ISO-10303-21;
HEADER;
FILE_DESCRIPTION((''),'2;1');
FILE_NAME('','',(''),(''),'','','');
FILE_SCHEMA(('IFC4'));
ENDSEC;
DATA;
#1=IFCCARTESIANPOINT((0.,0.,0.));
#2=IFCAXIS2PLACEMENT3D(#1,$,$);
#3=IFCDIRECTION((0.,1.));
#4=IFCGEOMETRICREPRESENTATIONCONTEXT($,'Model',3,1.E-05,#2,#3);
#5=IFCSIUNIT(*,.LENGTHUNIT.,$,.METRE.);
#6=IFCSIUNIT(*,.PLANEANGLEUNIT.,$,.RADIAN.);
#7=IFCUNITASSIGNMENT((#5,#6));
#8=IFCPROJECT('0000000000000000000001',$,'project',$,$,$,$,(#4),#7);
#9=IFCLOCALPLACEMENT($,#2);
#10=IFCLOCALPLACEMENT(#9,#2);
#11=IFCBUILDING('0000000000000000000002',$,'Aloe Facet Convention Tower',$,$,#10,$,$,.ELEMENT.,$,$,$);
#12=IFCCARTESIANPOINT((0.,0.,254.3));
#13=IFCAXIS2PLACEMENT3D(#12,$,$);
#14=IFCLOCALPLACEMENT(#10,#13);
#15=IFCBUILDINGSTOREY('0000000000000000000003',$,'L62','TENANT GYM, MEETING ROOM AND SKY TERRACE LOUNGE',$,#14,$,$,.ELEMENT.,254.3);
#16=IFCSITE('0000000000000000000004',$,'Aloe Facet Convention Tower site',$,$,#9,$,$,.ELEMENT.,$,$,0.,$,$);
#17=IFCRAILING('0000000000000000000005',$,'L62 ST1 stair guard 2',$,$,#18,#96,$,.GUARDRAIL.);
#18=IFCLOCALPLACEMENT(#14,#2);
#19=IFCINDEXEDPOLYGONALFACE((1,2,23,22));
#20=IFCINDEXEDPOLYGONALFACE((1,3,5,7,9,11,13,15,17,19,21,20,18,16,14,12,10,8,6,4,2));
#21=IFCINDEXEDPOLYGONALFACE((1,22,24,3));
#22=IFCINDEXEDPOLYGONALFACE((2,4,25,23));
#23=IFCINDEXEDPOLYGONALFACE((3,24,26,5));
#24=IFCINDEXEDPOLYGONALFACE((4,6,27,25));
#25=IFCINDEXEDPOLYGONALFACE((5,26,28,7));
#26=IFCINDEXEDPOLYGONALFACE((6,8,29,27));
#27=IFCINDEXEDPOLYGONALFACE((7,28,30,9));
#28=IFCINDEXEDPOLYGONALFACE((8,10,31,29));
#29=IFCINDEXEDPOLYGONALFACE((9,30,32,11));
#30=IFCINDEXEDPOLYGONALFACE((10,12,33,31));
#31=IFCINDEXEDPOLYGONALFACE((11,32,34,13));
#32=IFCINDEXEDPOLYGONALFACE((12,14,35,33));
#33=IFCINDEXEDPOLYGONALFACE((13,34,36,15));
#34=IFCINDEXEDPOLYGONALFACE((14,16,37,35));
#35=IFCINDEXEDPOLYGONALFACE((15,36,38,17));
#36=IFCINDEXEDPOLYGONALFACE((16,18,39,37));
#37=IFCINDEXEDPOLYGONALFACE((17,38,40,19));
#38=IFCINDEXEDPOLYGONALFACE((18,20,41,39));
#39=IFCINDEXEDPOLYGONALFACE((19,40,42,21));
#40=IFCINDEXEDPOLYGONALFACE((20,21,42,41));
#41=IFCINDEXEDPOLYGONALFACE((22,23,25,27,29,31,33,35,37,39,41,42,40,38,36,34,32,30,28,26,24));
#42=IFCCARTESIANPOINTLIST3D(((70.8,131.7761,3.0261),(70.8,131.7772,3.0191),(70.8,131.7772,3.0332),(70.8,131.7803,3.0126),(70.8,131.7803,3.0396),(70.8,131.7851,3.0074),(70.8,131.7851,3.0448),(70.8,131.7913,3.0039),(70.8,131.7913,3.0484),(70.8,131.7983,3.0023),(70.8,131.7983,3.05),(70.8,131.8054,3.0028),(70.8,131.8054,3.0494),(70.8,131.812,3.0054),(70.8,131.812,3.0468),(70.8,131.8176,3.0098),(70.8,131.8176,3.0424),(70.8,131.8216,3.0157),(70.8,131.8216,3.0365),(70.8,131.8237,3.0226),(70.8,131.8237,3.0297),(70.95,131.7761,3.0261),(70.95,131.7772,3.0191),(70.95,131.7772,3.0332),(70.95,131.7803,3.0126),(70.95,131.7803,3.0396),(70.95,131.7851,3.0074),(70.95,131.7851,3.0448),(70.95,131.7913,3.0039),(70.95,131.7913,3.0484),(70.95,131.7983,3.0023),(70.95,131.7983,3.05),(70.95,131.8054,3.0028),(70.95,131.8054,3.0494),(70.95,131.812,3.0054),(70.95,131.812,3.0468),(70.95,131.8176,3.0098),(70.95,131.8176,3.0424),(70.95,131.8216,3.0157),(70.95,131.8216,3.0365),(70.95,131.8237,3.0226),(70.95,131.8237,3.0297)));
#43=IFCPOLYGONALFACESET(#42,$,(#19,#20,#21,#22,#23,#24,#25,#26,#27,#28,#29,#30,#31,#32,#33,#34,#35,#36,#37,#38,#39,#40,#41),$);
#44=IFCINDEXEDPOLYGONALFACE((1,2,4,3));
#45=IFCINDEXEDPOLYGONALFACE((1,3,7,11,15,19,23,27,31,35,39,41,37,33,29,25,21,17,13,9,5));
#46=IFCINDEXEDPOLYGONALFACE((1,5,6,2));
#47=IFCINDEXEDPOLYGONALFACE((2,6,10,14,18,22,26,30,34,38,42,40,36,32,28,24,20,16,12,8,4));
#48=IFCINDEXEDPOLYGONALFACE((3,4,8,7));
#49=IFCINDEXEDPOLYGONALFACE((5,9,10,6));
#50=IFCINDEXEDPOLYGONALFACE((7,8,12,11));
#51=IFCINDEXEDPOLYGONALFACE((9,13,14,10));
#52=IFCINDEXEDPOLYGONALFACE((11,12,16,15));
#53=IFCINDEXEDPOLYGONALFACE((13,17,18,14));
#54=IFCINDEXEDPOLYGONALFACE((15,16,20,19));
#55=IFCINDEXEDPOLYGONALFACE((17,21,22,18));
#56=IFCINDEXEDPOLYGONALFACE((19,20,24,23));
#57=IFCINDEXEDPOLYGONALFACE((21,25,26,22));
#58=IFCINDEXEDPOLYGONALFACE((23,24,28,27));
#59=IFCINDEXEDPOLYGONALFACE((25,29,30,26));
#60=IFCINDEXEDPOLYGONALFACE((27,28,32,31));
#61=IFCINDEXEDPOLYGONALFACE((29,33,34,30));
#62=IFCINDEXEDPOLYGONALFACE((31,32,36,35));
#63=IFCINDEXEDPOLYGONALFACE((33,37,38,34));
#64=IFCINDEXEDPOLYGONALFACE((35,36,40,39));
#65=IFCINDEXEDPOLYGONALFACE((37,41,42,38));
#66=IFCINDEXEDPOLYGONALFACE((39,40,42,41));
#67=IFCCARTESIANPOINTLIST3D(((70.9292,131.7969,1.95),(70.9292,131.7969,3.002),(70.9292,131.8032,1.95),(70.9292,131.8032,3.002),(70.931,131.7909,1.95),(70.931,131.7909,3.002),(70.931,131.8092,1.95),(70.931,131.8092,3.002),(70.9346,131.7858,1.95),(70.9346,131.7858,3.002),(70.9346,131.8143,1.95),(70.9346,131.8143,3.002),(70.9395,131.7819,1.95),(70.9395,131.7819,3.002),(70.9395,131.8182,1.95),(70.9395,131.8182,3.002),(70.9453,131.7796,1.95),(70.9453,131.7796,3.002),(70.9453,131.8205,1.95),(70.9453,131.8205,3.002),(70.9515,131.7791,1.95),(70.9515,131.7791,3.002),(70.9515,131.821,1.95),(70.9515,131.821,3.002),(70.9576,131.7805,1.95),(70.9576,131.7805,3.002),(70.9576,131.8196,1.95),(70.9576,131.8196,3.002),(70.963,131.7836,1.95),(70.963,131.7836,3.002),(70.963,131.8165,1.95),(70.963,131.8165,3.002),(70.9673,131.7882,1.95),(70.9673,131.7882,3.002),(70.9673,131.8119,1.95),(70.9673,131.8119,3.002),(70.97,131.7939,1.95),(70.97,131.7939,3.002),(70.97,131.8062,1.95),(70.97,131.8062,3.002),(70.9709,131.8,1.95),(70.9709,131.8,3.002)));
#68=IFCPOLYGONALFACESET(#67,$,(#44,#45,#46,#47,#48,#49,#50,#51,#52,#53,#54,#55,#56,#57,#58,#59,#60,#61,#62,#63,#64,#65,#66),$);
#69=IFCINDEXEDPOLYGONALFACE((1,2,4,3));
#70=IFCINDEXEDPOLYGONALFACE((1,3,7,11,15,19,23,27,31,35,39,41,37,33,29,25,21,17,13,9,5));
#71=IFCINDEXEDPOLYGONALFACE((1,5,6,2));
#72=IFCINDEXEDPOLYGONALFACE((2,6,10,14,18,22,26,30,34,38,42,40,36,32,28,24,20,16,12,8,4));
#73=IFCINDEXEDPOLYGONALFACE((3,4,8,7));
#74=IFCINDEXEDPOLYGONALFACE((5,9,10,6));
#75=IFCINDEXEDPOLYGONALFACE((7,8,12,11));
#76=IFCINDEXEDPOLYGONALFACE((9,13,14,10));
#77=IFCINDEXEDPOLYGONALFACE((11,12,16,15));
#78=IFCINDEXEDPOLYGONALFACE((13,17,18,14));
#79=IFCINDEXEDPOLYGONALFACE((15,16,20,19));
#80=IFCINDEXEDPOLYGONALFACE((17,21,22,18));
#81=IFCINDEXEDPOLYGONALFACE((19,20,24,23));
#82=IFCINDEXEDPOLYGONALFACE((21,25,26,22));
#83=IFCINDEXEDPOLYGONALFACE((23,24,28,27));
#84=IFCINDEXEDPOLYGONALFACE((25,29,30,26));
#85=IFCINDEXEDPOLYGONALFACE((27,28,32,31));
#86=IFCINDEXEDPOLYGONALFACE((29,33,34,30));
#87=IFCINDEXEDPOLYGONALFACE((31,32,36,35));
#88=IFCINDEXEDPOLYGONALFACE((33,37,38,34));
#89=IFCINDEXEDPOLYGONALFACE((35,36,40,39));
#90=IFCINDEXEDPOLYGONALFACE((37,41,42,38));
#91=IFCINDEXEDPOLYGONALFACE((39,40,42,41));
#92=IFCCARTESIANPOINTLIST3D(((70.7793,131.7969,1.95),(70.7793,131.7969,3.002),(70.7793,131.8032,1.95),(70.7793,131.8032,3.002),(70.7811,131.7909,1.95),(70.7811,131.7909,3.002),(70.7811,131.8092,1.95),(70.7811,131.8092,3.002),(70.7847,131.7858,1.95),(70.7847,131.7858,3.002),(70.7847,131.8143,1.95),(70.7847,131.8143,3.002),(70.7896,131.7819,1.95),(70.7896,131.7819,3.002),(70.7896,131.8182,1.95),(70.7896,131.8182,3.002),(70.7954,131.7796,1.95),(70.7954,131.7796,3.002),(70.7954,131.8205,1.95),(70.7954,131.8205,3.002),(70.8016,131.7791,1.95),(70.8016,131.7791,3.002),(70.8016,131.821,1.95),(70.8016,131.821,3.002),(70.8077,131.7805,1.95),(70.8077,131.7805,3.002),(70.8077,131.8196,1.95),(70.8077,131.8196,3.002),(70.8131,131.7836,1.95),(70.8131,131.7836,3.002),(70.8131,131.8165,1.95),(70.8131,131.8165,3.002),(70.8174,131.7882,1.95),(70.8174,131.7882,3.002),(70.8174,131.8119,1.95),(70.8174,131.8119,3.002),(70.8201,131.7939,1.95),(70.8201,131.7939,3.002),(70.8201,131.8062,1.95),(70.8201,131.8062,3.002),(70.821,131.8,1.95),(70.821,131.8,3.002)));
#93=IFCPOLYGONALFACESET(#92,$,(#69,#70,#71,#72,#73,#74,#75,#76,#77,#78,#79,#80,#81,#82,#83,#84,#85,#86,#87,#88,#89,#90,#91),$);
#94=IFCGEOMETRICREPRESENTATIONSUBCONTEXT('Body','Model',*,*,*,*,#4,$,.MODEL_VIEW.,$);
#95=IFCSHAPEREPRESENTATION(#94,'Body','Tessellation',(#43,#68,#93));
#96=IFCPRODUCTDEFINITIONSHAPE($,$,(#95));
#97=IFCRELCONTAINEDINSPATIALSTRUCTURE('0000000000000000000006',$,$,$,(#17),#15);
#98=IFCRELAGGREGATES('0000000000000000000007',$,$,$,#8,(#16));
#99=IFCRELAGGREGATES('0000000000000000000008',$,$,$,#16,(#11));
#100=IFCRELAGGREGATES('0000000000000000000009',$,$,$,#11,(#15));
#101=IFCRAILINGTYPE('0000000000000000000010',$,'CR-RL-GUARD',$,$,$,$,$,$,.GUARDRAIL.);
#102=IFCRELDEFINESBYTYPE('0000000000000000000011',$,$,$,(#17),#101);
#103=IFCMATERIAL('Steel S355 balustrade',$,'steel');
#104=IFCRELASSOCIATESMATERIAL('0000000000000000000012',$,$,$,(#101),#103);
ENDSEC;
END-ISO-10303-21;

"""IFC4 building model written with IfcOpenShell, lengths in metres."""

from ifc_helpers import new_model, si_unit, direction, frame, origin, origin_2d, place, context, subcontext, project, spatial, circle, extrude, material, type_object, element, save


model = new_model("IFC4")

# Units and contexts
model_context = context("Model", 3, precision=1e-05, world=origin(), true_north=direction((0.0, 1.0)))
body_context = subcontext(model_context, "Body", "Model", "MODEL_VIEW")
ifc_project = project(units=[si_unit("LENGTHUNIT", "METRE"), si_unit("PLANEANGLEUNIT", "RADIAN")], contexts=[model_context])

# Site, building, storey
site_placement = place(None, origin())
site = spatial("IfcSite", under=ifc_project, at=site_placement, Name="Aloe Facet Convention Tower site", CompositionType="ELEMENT", RefElevation=0.0)
building_placement = place(site_placement, origin())
building = spatial("IfcBuilding", under=site, at=building_placement, Name="Aloe Facet Convention Tower", CompositionType="ELEMENT")
storey_placement = place(building_placement, frame((0.0, 0.0, 254.3)))
storey = spatial("IfcBuildingStorey", under=building, at=storey_placement, Name="L62", Description="TENANT GYM, MEETING ROOM AND SKY TERRACE LOUNGE", CompositionType="ELEMENT", Elevation=254.3)

# Railing
ifc_material_1 = material(Name="Steel S355 balustrade", Category="steel")
railing_type_1 = type_object("IfcRailingType", Name="CR-RL-GUARD", PredefinedType="GUARDRAIL", material=ifc_material_1)
railing_1_placement = place(storey_placement, frame((70.95, 131.8, 1.95)))
element("IfcRailing", 1, at=railing_1_placement, inside=storey, type_object=railing_type_1, Name="L62 ST1 stair guard 2", PredefinedType="GUARDRAIL", context=body_context, shape_type="SweptSolid", body=[
    extrude(circle(Radius=0.0239, at=origin_2d()), frame((0.0, 0.0, 1.0762), z_axis=(-1.0, 0.0, 0.0), x_axis=(0.0, -1.0, 0.0)), (0.0, 0.0, 1.0), 0.1499),
    extrude(circle(Radius=0.021, at=origin_2d()), origin(), (0.0, 0.0, 1.0), 1.052),
    extrude(circle(Radius=0.021, at=origin_2d()), frame((-0.1499, 0.0, 0.0)), (0.0, 0.0, 1.0), 1.052),
])

save(model, "model.ifc")
